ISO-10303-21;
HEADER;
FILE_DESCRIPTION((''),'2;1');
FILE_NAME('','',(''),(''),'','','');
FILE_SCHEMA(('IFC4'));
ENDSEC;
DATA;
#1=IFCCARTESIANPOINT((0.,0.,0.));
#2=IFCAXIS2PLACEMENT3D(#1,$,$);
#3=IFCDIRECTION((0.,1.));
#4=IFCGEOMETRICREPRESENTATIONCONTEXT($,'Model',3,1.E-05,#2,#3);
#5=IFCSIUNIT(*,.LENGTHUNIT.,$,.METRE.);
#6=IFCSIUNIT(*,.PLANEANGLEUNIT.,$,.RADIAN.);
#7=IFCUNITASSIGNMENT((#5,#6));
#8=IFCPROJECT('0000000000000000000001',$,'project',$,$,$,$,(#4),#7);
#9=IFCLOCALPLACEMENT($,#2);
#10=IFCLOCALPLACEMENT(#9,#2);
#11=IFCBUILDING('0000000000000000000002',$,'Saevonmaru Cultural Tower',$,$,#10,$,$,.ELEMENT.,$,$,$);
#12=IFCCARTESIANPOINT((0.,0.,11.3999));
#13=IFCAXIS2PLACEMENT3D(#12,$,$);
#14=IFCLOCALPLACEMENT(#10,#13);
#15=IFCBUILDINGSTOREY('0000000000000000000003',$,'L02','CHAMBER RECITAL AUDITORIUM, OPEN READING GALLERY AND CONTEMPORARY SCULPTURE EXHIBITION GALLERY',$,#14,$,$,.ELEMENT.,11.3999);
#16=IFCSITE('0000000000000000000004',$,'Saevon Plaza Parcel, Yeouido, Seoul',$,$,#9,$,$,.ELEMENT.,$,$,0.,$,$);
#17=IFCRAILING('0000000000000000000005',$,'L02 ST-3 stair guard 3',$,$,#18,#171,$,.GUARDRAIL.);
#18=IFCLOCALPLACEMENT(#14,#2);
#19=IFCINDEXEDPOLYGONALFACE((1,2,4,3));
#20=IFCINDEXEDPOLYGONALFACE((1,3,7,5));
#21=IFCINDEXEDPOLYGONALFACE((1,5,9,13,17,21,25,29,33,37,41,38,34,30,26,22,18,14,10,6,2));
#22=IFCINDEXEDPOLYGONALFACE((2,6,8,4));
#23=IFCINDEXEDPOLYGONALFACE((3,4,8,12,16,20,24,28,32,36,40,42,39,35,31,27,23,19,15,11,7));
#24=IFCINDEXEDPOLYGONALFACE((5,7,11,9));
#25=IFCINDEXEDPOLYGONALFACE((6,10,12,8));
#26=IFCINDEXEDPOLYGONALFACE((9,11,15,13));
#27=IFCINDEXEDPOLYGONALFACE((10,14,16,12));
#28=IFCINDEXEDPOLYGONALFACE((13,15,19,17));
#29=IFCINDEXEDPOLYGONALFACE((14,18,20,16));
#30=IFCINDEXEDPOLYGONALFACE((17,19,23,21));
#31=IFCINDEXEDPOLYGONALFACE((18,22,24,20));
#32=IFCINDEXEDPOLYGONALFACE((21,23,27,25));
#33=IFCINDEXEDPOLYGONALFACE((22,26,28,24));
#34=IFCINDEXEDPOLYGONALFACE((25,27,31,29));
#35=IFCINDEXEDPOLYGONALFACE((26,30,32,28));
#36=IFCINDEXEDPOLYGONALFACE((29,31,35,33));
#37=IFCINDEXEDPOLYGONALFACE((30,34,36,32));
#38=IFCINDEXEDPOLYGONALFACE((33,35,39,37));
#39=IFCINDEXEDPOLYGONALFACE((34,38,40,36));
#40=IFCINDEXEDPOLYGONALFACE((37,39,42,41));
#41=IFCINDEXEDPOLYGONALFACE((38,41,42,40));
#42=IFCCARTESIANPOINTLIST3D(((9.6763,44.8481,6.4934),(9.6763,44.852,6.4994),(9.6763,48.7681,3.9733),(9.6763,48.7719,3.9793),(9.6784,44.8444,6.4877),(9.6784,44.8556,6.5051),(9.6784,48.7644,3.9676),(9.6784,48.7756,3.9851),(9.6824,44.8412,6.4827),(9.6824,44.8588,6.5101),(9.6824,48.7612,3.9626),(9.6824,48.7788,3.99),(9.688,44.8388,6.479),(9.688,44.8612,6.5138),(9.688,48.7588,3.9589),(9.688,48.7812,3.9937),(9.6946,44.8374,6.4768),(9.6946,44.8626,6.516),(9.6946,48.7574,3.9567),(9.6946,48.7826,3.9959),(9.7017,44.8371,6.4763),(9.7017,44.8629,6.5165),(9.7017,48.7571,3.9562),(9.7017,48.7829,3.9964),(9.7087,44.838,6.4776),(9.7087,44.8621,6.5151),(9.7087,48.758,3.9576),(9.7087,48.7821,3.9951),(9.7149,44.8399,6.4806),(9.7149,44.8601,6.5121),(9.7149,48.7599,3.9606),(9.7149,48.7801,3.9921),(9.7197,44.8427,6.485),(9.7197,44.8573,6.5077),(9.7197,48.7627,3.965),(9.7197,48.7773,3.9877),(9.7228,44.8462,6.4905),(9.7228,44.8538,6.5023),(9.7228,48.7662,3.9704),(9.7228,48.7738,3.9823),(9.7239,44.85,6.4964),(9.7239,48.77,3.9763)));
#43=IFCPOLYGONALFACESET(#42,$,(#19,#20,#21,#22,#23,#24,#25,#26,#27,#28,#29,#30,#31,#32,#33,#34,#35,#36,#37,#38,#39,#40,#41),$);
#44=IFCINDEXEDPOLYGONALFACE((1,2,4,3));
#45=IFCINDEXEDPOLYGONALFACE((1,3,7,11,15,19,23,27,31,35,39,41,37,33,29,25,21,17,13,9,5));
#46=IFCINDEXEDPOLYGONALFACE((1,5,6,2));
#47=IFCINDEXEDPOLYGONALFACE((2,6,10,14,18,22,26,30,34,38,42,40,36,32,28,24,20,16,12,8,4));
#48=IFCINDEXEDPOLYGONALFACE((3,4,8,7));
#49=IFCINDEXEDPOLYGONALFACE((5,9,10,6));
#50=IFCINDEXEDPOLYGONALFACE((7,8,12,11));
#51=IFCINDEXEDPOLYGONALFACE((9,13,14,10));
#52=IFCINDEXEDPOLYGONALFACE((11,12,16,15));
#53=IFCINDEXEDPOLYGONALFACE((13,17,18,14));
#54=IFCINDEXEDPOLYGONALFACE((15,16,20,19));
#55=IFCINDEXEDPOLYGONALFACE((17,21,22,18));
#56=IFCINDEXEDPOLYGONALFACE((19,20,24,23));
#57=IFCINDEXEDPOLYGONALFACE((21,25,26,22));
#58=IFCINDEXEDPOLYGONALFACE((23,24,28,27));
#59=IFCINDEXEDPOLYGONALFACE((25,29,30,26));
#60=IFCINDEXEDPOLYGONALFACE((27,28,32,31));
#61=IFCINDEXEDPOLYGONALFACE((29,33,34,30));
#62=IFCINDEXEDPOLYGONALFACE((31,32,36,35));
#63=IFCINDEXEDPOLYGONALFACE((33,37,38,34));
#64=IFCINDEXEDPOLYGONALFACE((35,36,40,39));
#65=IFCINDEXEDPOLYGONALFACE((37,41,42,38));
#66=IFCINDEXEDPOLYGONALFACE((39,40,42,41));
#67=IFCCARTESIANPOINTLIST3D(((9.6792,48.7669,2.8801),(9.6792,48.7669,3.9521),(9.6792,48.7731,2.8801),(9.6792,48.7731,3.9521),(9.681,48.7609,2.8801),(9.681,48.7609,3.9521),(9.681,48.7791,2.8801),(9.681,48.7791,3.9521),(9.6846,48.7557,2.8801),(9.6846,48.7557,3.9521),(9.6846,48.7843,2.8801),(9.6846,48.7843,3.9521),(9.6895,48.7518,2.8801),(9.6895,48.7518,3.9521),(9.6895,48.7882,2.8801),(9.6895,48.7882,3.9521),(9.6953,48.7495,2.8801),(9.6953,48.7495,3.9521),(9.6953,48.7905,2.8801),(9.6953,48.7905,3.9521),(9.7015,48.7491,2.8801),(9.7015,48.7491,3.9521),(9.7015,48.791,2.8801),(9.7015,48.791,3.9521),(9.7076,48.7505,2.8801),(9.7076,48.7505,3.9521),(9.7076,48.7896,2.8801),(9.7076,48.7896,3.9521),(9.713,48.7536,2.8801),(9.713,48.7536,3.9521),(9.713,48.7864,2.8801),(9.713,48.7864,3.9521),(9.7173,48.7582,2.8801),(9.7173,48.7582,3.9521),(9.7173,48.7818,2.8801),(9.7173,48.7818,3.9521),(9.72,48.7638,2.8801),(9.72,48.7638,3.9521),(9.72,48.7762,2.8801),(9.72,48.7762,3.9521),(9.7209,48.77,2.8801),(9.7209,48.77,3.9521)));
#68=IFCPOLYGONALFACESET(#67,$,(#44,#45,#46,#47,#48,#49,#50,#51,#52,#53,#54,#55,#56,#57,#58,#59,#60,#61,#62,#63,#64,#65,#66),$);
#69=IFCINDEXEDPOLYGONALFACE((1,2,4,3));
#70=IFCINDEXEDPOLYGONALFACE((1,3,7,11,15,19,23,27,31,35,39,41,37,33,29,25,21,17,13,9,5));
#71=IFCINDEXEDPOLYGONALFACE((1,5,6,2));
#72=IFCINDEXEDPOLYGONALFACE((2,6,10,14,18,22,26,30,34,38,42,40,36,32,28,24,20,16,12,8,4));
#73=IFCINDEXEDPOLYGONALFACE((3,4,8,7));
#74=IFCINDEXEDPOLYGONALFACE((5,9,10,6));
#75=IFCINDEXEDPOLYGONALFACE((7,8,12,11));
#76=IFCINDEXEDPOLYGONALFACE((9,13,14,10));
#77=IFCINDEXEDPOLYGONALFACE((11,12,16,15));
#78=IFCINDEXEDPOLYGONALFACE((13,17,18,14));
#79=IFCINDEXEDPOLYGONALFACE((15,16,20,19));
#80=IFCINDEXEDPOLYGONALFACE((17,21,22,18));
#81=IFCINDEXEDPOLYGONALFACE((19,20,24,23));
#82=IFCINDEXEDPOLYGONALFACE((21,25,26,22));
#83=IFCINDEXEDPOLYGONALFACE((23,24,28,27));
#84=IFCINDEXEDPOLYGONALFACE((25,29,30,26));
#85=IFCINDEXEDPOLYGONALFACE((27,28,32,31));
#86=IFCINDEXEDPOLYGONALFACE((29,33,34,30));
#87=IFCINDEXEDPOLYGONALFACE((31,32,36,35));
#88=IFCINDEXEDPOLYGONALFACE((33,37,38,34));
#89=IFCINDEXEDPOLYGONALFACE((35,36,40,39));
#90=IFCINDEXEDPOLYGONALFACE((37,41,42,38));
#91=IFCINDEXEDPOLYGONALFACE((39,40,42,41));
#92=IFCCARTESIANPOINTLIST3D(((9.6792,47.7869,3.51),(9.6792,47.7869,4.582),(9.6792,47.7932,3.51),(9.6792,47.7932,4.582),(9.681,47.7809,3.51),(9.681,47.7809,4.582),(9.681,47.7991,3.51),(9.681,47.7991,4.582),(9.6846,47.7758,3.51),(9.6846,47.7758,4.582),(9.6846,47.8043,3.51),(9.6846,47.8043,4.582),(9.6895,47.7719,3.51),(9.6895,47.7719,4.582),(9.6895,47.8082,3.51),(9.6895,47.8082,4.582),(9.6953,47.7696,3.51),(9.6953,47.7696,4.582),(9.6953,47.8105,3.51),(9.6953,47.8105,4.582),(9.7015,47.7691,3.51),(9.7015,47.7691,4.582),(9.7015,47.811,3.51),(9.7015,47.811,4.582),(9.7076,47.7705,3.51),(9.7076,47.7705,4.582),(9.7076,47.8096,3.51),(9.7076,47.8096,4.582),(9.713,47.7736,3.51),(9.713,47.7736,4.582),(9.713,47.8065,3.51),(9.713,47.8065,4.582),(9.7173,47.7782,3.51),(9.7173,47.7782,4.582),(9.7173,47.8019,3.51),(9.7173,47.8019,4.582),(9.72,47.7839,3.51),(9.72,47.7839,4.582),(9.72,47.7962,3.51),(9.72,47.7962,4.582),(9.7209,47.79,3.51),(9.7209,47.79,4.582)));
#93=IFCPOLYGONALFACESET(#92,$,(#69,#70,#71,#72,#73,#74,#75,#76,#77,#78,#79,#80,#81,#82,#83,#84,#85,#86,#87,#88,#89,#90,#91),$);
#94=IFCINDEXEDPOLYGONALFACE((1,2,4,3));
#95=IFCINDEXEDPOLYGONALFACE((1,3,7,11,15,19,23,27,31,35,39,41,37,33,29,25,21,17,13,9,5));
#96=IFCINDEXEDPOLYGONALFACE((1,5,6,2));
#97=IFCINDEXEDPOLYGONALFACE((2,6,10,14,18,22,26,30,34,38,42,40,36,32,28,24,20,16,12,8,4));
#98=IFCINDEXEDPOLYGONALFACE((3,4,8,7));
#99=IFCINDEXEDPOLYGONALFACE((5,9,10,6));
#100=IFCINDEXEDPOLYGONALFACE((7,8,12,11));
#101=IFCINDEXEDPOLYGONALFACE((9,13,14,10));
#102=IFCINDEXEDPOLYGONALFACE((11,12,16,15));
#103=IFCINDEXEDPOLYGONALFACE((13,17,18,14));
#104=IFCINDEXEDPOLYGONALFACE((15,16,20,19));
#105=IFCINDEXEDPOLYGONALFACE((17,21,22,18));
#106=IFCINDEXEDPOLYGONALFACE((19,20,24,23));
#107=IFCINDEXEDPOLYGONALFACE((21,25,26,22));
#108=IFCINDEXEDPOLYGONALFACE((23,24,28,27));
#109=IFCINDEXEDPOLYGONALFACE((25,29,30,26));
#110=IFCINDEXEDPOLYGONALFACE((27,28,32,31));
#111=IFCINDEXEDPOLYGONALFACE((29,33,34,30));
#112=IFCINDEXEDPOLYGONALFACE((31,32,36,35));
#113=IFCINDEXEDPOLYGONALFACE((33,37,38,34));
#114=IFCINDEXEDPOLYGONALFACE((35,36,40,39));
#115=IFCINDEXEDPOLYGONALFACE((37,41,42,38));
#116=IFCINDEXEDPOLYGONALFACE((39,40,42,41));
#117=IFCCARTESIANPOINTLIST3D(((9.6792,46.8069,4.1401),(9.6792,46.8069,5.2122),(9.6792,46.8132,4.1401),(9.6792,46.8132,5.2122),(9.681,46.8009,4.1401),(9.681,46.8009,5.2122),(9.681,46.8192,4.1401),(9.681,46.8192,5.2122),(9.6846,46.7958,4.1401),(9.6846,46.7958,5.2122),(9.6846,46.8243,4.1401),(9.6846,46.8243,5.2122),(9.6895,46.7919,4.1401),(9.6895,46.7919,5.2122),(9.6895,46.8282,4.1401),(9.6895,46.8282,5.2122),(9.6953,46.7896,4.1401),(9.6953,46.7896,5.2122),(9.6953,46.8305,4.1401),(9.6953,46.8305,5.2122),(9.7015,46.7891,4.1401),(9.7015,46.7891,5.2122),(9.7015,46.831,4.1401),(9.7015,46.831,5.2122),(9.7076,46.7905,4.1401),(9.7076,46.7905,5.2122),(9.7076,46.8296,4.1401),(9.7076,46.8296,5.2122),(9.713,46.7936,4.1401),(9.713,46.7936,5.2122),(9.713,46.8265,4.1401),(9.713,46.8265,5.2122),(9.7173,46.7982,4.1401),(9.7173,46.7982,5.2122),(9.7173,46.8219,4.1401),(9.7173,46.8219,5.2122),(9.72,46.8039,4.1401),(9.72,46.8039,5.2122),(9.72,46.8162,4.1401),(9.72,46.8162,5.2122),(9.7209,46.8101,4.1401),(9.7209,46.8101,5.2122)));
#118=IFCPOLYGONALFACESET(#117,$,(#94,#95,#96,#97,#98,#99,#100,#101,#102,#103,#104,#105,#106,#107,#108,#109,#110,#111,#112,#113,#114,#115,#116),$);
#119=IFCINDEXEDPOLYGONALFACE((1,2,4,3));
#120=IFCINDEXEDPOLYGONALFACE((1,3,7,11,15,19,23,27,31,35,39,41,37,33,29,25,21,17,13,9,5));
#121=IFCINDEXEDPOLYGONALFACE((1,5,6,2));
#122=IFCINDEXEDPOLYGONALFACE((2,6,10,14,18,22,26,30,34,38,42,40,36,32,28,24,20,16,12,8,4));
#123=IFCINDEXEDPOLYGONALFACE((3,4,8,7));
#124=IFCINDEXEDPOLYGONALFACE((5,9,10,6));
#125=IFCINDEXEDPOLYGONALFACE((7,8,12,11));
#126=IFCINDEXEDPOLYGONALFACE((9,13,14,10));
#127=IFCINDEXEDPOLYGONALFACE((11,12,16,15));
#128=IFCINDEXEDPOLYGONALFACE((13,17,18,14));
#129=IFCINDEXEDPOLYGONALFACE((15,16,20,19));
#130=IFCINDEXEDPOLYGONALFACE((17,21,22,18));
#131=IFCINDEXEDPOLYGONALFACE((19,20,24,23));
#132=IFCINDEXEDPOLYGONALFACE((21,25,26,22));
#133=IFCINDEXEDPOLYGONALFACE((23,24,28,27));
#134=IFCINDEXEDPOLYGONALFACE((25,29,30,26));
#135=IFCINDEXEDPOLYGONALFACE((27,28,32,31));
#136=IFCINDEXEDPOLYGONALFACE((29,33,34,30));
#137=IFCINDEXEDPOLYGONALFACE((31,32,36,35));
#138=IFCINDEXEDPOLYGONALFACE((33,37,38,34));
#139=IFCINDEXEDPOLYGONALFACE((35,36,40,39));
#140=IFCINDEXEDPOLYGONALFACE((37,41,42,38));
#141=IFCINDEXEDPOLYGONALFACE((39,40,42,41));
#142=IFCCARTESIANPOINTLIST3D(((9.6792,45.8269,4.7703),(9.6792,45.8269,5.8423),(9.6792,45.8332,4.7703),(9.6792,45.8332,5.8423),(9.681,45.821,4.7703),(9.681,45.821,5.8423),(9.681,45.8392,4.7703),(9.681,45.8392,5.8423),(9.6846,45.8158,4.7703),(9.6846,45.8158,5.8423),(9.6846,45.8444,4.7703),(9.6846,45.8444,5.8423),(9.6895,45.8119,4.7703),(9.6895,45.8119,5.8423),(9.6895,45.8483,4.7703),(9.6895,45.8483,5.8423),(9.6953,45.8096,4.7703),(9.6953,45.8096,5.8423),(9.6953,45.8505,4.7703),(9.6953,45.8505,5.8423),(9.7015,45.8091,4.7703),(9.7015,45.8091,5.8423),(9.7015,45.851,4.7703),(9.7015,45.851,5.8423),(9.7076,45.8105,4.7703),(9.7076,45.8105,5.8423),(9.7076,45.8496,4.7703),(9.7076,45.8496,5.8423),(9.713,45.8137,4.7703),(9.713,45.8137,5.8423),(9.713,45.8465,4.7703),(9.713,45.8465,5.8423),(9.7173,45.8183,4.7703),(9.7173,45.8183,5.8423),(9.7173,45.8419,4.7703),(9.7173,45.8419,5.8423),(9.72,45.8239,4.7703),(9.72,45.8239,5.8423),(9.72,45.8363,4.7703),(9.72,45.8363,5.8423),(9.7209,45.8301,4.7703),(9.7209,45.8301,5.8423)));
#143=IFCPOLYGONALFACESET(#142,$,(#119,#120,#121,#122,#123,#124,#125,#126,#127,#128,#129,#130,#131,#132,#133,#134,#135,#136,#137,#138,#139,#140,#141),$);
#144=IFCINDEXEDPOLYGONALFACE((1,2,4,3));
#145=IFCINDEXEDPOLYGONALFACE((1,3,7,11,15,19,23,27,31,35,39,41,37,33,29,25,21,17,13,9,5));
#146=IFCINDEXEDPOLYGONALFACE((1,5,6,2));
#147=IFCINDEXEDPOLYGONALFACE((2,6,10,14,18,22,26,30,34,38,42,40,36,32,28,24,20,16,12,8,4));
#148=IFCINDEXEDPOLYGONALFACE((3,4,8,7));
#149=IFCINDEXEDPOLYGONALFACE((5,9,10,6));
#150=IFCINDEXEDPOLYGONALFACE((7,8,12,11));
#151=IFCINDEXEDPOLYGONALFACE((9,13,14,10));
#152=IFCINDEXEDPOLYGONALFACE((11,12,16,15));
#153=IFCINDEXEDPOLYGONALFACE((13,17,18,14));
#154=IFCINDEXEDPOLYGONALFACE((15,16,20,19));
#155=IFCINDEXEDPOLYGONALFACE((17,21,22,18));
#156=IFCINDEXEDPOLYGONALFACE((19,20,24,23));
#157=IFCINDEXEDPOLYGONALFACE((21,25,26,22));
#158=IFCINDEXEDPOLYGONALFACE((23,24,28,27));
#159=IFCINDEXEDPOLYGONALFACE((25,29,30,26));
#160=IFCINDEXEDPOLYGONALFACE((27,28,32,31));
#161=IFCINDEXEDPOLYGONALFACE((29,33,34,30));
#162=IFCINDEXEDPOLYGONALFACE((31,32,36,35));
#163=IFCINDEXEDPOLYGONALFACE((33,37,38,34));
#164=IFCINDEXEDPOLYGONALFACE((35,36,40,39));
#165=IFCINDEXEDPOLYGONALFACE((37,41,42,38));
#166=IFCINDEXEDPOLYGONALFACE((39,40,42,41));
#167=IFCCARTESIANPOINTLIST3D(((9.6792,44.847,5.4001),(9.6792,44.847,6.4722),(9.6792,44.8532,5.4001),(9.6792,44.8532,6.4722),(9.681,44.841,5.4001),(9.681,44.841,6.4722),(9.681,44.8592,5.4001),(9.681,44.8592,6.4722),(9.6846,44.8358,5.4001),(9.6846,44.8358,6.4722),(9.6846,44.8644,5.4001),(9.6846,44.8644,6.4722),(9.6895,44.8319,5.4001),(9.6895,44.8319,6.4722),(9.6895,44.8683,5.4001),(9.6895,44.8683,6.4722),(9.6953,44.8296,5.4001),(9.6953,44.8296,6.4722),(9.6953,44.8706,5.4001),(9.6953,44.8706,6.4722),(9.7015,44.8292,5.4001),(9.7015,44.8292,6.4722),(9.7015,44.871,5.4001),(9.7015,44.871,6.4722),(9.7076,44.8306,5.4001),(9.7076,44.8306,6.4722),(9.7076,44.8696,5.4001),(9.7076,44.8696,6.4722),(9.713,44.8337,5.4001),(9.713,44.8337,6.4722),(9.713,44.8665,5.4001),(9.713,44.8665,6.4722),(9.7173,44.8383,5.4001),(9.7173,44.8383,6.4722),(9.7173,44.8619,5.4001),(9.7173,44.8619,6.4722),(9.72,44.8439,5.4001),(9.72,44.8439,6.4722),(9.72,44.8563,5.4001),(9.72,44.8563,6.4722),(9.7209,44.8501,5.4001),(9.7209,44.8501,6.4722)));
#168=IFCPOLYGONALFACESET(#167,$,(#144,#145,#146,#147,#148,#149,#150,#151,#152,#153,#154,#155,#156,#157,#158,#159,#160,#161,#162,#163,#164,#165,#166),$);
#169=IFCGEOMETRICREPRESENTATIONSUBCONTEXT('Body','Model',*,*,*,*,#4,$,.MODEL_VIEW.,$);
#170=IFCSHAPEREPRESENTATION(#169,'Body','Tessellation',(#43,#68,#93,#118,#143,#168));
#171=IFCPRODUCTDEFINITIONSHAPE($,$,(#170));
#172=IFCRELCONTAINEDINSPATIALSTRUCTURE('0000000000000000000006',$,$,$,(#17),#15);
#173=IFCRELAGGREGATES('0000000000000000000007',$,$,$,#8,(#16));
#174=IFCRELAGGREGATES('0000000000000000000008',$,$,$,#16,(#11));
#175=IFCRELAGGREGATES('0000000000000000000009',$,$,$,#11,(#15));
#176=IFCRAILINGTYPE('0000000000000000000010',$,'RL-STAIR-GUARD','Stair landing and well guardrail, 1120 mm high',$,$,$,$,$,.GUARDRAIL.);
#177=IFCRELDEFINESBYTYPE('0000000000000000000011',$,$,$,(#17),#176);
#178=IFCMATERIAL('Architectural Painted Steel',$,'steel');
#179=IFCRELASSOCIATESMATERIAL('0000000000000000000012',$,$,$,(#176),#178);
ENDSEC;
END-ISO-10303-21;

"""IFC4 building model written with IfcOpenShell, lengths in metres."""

from ifc_helpers import new_model, si_unit, direction, frame, origin, origin_2d, place, context, subcontext, project, spatial, circle, extrude, material, type_object, element, save


model = new_model("IFC4")

# Units and contexts
model_context = context("Model", 3, precision=1e-05, world=origin(), true_north=direction((0.0, 1.0)))
body_context = subcontext(model_context, "Body", "Model", "MODEL_VIEW")
ifc_project = project(units=[si_unit("LENGTHUNIT", "METRE"), si_unit("PLANEANGLEUNIT", "RADIAN")], contexts=[model_context])

# Site, building, storey
site_placement = place(None, origin())
site = spatial("IfcSite", under=ifc_project, at=site_placement, Name="Saevon Plaza Parcel, Yeouido, Seoul", CompositionType="ELEMENT", RefElevation=0.0)
building_placement = place(site_placement, origin())
building = spatial("IfcBuilding", under=site, at=building_placement, Name="Saevonmaru Cultural Tower", CompositionType="ELEMENT")
storey_placement = place(building_placement, frame((0.0, 0.0, 11.3999)))
storey = spatial("IfcBuildingStorey", under=building, at=storey_placement, Name="L02", Description="CHAMBER RECITAL AUDITORIUM, OPEN READING GALLERY AND CONTEMPORARY SCULPTURE EXHIBITION GALLERY", CompositionType="ELEMENT", Elevation=11.3999)

# Railing
ifc_material_1 = material(Name="Architectural Painted Steel", Category="steel")
railing_type_1 = type_object("IfcRailingType", Name="RL-STAIR-GUARD", Description="Stair landing and well guardrail, 1120 mm high", PredefinedType="GUARDRAIL", material=ifc_material_1)
railing_1_placement = place(storey_placement, frame((9.7, 48.77, 2.8801)))
element("IfcRailing", 1, at=railing_1_placement, inside=storey, type_object=railing_type_1, Name="L02 ST-3 stair guard 3", PredefinedType="GUARDRAIL", context=body_context, shape_type="SweptSolid", body=[
    extrude(circle(Radius=0.0239, at=origin_2d()), frame((0.0, 0.0, 1.0962), z_axis=(0.0, -0.841172, 0.540768), x_axis=(1.0, 0.0, 0.0)), (0.0, 0.0, 1.0), 4.6602),
    extrude(circle(Radius=0.021, at=origin_2d()), origin(), (0.0, 0.0, 1.0), 1.072),
    extrude(circle(Radius=0.021, at=origin_2d()), frame((0.0, -0.98, 0.6299)), (0.0, 0.0, 1.0), 1.072),
    extrude(circle(Radius=0.021, at=origin_2d()), frame((0.0, -1.96, 1.26)), (0.0, 0.0, 1.0), 1.072),
    extrude(circle(Radius=0.021, at=origin_2d()), frame((0.0, -2.9399, 1.8901)), (0.0, 0.0, 1.0), 1.072),
    extrude(circle(Radius=0.021, at=origin_2d()), frame((0.0, -3.9199, 2.52)), (0.0, 0.0, 1.0), 1.072),
])

save(model, "model.ifc")
